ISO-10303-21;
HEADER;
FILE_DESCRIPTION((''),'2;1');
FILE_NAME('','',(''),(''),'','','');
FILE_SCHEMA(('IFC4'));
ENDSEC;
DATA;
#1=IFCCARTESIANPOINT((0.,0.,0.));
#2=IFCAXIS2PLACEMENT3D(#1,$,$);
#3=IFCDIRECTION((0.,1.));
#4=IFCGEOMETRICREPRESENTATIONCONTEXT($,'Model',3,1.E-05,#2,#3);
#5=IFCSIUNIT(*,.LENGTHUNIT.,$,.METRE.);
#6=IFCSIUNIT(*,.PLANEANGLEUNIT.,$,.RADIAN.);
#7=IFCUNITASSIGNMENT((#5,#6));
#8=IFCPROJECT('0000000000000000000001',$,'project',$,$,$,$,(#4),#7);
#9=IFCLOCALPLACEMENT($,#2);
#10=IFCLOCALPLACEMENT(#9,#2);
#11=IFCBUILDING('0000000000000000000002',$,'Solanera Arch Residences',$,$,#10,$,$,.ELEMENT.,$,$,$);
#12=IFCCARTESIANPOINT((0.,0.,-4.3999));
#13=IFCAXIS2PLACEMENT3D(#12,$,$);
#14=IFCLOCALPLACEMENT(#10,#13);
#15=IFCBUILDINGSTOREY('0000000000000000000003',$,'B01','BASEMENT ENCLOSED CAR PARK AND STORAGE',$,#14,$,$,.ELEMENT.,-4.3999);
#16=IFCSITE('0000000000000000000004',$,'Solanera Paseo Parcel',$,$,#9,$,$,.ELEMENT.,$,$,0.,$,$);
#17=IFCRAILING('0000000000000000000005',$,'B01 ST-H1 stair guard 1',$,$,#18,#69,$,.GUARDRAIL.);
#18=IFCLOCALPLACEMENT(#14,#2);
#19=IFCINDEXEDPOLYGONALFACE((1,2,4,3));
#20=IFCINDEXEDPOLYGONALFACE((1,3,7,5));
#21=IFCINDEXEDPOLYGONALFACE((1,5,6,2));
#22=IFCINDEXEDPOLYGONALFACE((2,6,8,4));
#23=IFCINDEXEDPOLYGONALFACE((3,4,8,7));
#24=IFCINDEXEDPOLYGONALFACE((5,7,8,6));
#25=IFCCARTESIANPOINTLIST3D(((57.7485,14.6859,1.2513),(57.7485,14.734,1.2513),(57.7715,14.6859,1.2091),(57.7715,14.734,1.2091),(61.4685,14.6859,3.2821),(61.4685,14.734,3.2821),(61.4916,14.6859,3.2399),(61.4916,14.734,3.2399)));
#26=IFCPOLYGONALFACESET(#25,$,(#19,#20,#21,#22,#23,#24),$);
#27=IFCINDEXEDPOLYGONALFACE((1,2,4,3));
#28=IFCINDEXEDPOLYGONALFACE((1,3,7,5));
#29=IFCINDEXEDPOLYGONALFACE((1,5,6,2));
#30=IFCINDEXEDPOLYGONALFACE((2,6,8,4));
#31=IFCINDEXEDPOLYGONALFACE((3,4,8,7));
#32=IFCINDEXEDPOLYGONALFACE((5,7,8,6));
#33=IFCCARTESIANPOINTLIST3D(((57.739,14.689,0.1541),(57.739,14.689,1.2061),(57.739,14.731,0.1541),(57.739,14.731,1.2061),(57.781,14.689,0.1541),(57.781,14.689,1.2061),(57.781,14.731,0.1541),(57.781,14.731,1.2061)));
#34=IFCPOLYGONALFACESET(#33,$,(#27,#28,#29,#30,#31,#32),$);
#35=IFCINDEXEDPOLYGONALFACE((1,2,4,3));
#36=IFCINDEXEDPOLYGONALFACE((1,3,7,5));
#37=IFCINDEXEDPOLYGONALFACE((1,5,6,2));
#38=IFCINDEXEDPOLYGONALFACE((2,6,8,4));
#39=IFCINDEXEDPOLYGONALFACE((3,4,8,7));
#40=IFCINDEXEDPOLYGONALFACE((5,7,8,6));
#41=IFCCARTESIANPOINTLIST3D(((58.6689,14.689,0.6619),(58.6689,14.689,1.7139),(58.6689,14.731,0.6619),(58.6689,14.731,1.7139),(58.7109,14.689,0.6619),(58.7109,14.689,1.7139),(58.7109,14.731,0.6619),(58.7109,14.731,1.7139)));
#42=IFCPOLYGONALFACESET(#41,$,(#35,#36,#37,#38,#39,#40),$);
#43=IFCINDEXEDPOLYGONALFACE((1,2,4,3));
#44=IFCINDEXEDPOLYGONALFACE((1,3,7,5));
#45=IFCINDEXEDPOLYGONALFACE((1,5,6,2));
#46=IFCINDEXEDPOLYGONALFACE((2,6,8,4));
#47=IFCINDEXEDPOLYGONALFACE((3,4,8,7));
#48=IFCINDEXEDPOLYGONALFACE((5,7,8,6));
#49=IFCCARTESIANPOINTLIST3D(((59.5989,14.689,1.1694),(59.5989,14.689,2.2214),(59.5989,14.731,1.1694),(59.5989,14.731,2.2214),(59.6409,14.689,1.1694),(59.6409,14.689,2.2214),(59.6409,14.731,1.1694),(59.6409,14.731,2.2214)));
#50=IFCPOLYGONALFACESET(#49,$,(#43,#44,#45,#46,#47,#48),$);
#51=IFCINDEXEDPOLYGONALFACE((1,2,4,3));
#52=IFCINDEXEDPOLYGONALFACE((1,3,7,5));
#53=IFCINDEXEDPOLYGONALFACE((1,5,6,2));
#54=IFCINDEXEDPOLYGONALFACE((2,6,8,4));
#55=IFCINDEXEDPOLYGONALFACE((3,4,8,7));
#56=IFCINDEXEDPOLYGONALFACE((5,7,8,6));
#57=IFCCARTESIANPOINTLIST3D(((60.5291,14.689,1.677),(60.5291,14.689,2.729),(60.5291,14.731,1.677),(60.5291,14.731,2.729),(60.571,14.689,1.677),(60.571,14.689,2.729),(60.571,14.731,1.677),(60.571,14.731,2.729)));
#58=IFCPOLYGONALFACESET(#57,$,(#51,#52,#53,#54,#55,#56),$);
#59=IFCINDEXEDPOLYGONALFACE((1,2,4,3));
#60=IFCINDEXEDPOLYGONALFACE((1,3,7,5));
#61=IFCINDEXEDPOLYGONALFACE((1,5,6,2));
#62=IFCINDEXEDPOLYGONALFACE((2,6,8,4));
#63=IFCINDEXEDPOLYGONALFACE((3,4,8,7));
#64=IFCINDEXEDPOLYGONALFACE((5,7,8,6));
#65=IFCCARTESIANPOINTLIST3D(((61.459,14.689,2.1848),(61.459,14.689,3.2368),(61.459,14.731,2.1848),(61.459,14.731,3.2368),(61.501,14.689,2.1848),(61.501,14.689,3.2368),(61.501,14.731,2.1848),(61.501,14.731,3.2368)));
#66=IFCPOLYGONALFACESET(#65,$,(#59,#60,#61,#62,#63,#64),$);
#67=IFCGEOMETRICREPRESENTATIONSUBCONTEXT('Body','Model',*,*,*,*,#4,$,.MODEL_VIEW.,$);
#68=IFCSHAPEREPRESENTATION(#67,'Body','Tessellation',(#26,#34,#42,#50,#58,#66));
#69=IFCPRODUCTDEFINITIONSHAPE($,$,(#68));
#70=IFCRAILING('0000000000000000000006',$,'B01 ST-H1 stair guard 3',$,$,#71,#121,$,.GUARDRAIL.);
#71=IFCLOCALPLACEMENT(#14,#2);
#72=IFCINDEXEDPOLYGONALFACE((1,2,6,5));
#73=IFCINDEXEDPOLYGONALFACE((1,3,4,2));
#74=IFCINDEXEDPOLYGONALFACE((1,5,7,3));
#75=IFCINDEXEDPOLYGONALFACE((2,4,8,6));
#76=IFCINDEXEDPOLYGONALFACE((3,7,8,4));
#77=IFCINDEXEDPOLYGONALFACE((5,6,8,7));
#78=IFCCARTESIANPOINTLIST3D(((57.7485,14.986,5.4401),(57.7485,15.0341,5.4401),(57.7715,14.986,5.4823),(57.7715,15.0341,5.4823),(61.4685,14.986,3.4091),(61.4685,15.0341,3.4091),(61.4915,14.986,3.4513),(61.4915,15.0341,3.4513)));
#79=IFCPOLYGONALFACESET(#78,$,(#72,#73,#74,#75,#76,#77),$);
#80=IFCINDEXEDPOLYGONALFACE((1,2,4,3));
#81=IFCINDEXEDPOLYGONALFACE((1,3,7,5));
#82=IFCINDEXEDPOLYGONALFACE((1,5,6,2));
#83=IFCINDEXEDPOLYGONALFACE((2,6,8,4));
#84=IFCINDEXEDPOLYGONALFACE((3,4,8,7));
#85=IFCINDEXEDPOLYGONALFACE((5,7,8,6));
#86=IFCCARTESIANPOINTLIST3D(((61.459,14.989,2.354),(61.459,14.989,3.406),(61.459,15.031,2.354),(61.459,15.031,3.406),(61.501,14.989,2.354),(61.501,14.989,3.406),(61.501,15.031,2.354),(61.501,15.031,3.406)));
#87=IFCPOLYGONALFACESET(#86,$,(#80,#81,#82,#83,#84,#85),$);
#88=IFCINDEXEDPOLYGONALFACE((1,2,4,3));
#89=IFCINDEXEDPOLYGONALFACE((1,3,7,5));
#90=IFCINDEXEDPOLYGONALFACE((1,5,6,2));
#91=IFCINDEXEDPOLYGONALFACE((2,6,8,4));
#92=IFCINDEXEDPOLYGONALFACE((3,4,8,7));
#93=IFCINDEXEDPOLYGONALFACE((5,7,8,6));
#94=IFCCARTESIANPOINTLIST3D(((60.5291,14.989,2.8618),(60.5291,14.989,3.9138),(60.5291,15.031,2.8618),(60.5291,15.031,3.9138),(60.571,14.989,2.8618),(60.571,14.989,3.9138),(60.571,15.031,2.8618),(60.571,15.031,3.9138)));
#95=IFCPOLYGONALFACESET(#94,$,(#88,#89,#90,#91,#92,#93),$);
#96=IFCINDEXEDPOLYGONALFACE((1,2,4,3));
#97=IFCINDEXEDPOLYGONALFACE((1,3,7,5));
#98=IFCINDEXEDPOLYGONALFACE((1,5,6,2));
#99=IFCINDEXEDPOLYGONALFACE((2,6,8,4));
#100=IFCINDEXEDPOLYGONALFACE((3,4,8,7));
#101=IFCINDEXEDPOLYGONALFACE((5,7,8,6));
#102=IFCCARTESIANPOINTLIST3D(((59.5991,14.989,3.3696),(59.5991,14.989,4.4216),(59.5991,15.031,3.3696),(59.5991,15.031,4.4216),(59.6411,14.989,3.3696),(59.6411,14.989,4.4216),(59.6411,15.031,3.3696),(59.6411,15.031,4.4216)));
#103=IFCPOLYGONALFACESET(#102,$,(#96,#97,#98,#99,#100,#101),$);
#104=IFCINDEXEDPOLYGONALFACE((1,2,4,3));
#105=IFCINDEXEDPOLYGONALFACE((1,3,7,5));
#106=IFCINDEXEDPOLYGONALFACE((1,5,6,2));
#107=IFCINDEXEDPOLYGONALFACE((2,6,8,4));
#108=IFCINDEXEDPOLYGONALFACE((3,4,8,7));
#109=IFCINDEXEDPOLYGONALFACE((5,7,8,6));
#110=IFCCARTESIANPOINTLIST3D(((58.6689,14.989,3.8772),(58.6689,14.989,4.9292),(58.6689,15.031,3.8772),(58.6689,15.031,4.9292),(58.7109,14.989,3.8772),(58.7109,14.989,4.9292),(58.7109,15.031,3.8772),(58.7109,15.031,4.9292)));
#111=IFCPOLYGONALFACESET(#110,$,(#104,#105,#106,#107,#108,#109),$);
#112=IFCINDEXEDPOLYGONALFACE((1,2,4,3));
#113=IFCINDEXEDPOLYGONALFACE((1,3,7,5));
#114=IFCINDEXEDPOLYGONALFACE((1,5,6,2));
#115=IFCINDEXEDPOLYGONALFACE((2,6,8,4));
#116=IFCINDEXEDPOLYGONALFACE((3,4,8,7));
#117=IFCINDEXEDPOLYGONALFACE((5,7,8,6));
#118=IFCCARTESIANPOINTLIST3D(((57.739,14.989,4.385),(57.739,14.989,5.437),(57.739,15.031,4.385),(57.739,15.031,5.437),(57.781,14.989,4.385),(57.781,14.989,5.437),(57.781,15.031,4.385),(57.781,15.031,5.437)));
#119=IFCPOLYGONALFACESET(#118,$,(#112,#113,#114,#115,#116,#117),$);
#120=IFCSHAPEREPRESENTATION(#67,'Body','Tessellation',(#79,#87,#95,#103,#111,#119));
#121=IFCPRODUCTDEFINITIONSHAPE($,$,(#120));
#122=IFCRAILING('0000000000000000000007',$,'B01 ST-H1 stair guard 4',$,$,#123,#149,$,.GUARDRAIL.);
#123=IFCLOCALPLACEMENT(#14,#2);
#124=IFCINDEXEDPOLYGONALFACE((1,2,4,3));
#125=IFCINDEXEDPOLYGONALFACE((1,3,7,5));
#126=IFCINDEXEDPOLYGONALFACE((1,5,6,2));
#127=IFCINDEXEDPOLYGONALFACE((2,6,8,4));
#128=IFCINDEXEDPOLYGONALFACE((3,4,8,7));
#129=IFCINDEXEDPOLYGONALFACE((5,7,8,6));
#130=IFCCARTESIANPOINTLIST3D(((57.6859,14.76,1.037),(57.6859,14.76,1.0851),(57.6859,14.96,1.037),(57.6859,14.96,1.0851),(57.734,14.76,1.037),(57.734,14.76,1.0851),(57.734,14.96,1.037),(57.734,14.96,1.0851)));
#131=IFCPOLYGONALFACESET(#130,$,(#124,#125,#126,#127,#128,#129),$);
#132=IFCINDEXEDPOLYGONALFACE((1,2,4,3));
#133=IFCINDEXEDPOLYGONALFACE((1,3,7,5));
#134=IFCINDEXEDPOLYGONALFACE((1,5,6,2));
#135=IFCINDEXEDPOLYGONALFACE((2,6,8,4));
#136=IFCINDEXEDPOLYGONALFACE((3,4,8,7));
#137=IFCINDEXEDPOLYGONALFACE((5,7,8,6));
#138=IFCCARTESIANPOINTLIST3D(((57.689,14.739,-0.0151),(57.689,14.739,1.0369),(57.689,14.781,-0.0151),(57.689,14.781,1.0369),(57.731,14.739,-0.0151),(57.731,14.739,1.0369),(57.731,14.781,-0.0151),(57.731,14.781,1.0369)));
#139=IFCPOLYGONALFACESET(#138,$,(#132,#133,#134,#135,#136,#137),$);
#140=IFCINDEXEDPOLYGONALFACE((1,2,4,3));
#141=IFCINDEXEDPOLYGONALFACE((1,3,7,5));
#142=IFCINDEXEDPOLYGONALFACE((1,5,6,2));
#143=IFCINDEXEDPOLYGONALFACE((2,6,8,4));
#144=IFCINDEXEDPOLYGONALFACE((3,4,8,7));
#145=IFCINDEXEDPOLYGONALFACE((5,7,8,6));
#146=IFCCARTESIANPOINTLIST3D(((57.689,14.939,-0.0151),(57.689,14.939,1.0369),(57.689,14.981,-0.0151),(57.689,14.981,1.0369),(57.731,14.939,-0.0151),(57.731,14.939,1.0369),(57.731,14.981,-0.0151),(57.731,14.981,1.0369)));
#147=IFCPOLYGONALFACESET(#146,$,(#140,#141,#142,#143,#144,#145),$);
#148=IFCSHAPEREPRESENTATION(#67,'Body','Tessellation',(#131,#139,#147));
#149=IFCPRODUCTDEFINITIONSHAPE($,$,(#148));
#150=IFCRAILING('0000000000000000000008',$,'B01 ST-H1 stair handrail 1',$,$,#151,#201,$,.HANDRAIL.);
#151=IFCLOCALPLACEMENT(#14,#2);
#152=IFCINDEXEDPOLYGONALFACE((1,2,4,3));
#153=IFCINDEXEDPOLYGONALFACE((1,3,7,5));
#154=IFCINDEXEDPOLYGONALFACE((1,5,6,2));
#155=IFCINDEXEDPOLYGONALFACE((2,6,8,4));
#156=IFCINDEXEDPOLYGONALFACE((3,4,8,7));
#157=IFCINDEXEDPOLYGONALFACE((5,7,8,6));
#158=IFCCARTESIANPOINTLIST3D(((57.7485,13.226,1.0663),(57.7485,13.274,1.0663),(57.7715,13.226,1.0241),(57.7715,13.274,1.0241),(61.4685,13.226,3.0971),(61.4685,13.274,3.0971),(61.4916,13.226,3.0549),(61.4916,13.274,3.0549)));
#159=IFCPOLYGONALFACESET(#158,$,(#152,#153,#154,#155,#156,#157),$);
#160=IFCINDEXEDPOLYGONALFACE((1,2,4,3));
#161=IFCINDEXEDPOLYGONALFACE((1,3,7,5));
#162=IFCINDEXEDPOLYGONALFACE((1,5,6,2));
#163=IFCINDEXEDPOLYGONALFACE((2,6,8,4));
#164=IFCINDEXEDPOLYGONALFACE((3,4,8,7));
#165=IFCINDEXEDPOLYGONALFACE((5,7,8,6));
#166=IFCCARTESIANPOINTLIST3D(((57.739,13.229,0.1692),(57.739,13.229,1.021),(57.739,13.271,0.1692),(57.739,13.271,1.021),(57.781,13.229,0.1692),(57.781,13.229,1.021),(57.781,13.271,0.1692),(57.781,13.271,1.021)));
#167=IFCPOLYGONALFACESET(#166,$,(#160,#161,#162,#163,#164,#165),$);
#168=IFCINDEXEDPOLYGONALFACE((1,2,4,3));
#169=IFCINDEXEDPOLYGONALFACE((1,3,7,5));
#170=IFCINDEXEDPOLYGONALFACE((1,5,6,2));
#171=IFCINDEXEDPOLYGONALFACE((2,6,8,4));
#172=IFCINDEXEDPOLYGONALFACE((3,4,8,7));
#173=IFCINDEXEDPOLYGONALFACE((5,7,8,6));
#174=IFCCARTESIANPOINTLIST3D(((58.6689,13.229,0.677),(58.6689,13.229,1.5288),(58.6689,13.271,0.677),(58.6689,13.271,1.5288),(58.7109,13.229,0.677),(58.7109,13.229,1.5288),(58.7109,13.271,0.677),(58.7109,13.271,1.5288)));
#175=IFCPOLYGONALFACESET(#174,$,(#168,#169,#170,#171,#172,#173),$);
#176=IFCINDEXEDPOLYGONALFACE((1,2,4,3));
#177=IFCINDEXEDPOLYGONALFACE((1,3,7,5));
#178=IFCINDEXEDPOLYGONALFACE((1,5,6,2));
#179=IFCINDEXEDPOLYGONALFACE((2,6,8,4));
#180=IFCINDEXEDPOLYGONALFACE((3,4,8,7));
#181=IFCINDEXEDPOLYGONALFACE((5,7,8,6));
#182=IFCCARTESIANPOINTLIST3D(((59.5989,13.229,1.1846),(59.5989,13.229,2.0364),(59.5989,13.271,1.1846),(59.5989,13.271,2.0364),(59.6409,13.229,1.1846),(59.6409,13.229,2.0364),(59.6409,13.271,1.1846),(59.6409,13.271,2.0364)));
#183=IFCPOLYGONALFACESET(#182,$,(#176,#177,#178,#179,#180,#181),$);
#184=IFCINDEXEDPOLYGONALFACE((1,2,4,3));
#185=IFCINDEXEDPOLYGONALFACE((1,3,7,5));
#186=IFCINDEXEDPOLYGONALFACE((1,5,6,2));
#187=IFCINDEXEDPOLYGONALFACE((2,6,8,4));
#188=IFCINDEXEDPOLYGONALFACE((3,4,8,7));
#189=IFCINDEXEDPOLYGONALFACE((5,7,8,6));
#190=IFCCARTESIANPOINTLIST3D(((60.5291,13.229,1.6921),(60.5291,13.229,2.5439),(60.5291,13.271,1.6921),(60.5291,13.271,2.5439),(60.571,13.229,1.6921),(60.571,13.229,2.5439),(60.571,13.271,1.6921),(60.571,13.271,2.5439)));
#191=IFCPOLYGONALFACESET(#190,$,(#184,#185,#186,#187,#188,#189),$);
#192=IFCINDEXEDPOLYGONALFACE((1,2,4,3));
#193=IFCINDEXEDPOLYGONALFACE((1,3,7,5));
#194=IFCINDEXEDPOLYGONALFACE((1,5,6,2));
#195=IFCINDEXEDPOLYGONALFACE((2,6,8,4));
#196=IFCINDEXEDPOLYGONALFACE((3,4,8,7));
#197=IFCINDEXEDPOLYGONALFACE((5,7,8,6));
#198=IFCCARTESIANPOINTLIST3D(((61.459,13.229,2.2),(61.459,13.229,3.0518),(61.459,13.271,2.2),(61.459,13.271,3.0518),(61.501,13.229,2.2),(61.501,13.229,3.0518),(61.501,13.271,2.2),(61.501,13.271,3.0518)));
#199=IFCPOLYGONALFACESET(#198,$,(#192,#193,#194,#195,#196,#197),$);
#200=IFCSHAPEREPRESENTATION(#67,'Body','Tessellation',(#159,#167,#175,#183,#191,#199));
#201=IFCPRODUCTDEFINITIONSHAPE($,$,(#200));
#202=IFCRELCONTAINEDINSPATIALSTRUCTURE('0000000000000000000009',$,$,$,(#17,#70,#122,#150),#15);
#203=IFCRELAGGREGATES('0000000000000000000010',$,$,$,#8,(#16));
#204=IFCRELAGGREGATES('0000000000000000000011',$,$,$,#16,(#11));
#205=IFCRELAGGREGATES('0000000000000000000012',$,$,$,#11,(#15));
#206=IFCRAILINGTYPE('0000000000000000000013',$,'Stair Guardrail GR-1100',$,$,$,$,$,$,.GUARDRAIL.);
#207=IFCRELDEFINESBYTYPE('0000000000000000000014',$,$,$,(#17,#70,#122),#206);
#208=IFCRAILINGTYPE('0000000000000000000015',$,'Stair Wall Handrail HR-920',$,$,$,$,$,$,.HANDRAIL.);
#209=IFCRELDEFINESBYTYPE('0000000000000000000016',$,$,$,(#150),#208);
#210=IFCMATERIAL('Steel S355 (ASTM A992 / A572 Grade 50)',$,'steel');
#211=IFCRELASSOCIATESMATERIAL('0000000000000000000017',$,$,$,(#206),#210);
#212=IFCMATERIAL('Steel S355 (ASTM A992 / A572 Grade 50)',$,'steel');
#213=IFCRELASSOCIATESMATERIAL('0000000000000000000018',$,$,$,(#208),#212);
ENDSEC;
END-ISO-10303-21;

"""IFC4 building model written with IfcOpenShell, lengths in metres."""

from ifc_helpers import new_model, si_unit, direction, frame, origin, origin_2d, place, context, subcontext, project, spatial, rectangle, extrude, material, type_object, element, save


model = new_model("IFC4")

# Units and contexts
model_context = context("Model", 3, precision=1e-05, world=origin(), true_north=direction((0.0, 1.0)))
body_context = subcontext(model_context, "Body", "Model", "MODEL_VIEW")
ifc_project = project(units=[si_unit("LENGTHUNIT", "METRE"), si_unit("PLANEANGLEUNIT", "RADIAN")], contexts=[model_context])

# Site, building, storey
site_placement = place(None, origin())
site = spatial("IfcSite", under=ifc_project, at=site_placement, Name="Solanera Paseo Parcel", CompositionType="ELEMENT", RefElevation=0.0)
building_placement = place(site_placement, origin())
building = spatial("IfcBuilding", under=site, at=building_placement, Name="Solanera Arch Residences", CompositionType="ELEMENT")
storey_placement = place(building_placement, frame((0.0, 0.0, -4.3999)))
storey = spatial("IfcBuildingStorey", under=building, at=storey_placement, Name="B01", Description="BASEMENT ENCLOSED CAR PARK AND STORAGE", CompositionType="ELEMENT", Elevation=-4.3999)

# Railings
ifc_material_1 = material(Name="Steel S355 (ASTM A992 / A572 Grade 50)", Category="steel")
railing_type_1 = type_object("IfcRailingType", Name="Stair Guardrail GR-1100", PredefinedType="GUARDRAIL", material=ifc_material_1)
railing_1_placement = place(storey_placement, frame((57.76, 14.71, 0.1541)))
element("IfcRailing", 1, at=railing_1_placement, inside=storey, type_object=railing_type_1, Name="B01 ST-H1 stair guard 1", PredefinedType="GUARDRAIL", context=body_context, shape_type="SweptSolid", body=[
    extrude(rectangle(XDim=0.0481, YDim=0.0481, at=origin_2d()), frame((0.0, 0.0, 1.0762), z_axis=(0.877728, 0.0, 0.479159), x_axis=(0.0, 1.0, 0.0)), (0.0, 0.0, 1.0), 4.2383),
    extrude(rectangle(XDim=0.042, YDim=0.042, at=origin_2d()), origin(), (0.0, 0.0, 1.0), 1.052),
    extrude(rectangle(XDim=0.042, YDim=0.042, at=origin_2d()), frame((0.9299, 0.0, 0.5078)), (0.0, 0.0, 1.0), 1.052),
    extrude(rectangle(XDim=0.042, YDim=0.042, at=origin_2d()), frame((1.8599, 0.0, 1.0154)), (0.0, 0.0, 1.0), 1.052),
    extrude(rectangle(XDim=0.042, YDim=0.042, at=origin_2d()), frame((2.79, 0.0, 1.5229)), (0.0, 0.0, 1.0), 1.052),
    extrude(rectangle(XDim=0.042, YDim=0.042, at=origin_2d()), frame((3.72, 0.0, 2.0308)), (0.0, 0.0, 1.0), 1.052),
])
railing_2_placement = place(storey_placement, frame((61.48, 15.01, 2.354)))
element("IfcRailing", 2, at=railing_2_placement, inside=storey, type_object=railing_type_1, Name="B01 ST-H1 stair guard 3", PredefinedType="GUARDRAIL", context=body_context, shape_type="SweptSolid", body=[
    extrude(rectangle(XDim=0.0481, YDim=0.0481, at=origin_2d()), frame((0.0, 0.0, 1.0762), z_axis=(-0.877704, 0.0, 0.479203), x_axis=(0.0, -1.0, 0.0)), (0.0, 0.0, 1.0), 4.2383),
    extrude(rectangle(XDim=0.042, YDim=0.042, at=origin_2d()), origin(), (0.0, 0.0, 1.0), 1.052),
    extrude(rectangle(XDim=0.042, YDim=0.042, at=origin_2d()), frame((-0.9299, 0.0, 0.5078)), (0.0, 0.0, 1.0), 1.052),
    extrude(rectangle(XDim=0.042, YDim=0.042, at=origin_2d()), frame((-1.8599, 0.0, 1.0156)), (0.0, 0.0, 1.0), 1.052),
    extrude(rectangle(XDim=0.042, YDim=0.042, at=origin_2d()), frame((-2.79, 0.0, 1.5232)), (0.0, 0.0, 1.0), 1.052),
    extrude(rectangle(XDim=0.042, YDim=0.042, at=origin_2d()), frame((-3.72, 0.0, 2.031)), (0.0, 0.0, 1.0), 1.052),
])
railing_3_placement = place(storey_placement, frame((57.71, 14.76, -0.0151)))
element("IfcRailing", 3, at=railing_3_placement, inside=storey, type_object=railing_type_1, Name="B01 ST-H1 stair guard 4", PredefinedType="GUARDRAIL", context=body_context, shape_type="SweptSolid", body=[
    extrude(rectangle(XDim=0.0481, YDim=0.0481, at=origin_2d()), frame((0.0, 0.0, 1.0762), z_axis=(0.0, 1.0, 0.0), x_axis=(-1.0, 0.0, 0.0)), (0.0, 0.0, 1.0), 0.2),
    extrude(rectangle(XDim=0.042, YDim=0.042, at=origin_2d()), origin(), (0.0, 0.0, 1.0), 1.052),
    extrude(rectangle(XDim=0.042, YDim=0.042, at=origin_2d()), frame((0.0, 0.2, 0.0)), (0.0, 0.0, 1.0), 1.052),
])
ifc_material_2 = material(Name="Steel S355 (ASTM A992 / A572 Grade 50)", Category="steel")
railing_type_2 = type_object("IfcRailingType", Name="Stair Wall Handrail HR-920", PredefinedType="HANDRAIL", material=ifc_material_2)
railing_4_placement = place(storey_placement, frame((57.76, 13.25, 0.1692)))
element("IfcRailing", 4, at=railing_4_placement, inside=storey, type_object=railing_type_2, Name="B01 ST-H1 stair handrail 1", PredefinedType="HANDRAIL", context=body_context, shape_type="SweptSolid", body=[
    extrude(rectangle(XDim=0.0481, YDim=0.0481, at=origin_2d()), frame((0.0, 0.0, 0.876), z_axis=(0.877728, 0.0, 0.479159), x_axis=(0.0, 1.0, 0.0)), (0.0, 0.0, 1.0), 4.2383),
    extrude(rectangle(XDim=0.042, YDim=0.042, at=origin_2d()), origin(), (0.0, 0.0, 1.0), 0.8518),
    extrude(rectangle(XDim=0.042, YDim=0.042, at=origin_2d()), frame((0.9299, 0.0, 0.5078)), (0.0, 0.0, 1.0), 0.8518),
    extrude(rectangle(XDim=0.042, YDim=0.042, at=origin_2d()), frame((1.8599, 0.0, 1.0154)), (0.0, 0.0, 1.0), 0.8518),
    extrude(rectangle(XDim=0.042, YDim=0.042, at=origin_2d()), frame((2.79, 0.0, 1.5229)), (0.0, 0.0, 1.0), 0.8518),
    extrude(rectangle(XDim=0.042, YDim=0.042, at=origin_2d()), frame((3.72, 0.0, 2.0308)), (0.0, 0.0, 1.0), 0.8518),
])

save(model, "model.ifc")
